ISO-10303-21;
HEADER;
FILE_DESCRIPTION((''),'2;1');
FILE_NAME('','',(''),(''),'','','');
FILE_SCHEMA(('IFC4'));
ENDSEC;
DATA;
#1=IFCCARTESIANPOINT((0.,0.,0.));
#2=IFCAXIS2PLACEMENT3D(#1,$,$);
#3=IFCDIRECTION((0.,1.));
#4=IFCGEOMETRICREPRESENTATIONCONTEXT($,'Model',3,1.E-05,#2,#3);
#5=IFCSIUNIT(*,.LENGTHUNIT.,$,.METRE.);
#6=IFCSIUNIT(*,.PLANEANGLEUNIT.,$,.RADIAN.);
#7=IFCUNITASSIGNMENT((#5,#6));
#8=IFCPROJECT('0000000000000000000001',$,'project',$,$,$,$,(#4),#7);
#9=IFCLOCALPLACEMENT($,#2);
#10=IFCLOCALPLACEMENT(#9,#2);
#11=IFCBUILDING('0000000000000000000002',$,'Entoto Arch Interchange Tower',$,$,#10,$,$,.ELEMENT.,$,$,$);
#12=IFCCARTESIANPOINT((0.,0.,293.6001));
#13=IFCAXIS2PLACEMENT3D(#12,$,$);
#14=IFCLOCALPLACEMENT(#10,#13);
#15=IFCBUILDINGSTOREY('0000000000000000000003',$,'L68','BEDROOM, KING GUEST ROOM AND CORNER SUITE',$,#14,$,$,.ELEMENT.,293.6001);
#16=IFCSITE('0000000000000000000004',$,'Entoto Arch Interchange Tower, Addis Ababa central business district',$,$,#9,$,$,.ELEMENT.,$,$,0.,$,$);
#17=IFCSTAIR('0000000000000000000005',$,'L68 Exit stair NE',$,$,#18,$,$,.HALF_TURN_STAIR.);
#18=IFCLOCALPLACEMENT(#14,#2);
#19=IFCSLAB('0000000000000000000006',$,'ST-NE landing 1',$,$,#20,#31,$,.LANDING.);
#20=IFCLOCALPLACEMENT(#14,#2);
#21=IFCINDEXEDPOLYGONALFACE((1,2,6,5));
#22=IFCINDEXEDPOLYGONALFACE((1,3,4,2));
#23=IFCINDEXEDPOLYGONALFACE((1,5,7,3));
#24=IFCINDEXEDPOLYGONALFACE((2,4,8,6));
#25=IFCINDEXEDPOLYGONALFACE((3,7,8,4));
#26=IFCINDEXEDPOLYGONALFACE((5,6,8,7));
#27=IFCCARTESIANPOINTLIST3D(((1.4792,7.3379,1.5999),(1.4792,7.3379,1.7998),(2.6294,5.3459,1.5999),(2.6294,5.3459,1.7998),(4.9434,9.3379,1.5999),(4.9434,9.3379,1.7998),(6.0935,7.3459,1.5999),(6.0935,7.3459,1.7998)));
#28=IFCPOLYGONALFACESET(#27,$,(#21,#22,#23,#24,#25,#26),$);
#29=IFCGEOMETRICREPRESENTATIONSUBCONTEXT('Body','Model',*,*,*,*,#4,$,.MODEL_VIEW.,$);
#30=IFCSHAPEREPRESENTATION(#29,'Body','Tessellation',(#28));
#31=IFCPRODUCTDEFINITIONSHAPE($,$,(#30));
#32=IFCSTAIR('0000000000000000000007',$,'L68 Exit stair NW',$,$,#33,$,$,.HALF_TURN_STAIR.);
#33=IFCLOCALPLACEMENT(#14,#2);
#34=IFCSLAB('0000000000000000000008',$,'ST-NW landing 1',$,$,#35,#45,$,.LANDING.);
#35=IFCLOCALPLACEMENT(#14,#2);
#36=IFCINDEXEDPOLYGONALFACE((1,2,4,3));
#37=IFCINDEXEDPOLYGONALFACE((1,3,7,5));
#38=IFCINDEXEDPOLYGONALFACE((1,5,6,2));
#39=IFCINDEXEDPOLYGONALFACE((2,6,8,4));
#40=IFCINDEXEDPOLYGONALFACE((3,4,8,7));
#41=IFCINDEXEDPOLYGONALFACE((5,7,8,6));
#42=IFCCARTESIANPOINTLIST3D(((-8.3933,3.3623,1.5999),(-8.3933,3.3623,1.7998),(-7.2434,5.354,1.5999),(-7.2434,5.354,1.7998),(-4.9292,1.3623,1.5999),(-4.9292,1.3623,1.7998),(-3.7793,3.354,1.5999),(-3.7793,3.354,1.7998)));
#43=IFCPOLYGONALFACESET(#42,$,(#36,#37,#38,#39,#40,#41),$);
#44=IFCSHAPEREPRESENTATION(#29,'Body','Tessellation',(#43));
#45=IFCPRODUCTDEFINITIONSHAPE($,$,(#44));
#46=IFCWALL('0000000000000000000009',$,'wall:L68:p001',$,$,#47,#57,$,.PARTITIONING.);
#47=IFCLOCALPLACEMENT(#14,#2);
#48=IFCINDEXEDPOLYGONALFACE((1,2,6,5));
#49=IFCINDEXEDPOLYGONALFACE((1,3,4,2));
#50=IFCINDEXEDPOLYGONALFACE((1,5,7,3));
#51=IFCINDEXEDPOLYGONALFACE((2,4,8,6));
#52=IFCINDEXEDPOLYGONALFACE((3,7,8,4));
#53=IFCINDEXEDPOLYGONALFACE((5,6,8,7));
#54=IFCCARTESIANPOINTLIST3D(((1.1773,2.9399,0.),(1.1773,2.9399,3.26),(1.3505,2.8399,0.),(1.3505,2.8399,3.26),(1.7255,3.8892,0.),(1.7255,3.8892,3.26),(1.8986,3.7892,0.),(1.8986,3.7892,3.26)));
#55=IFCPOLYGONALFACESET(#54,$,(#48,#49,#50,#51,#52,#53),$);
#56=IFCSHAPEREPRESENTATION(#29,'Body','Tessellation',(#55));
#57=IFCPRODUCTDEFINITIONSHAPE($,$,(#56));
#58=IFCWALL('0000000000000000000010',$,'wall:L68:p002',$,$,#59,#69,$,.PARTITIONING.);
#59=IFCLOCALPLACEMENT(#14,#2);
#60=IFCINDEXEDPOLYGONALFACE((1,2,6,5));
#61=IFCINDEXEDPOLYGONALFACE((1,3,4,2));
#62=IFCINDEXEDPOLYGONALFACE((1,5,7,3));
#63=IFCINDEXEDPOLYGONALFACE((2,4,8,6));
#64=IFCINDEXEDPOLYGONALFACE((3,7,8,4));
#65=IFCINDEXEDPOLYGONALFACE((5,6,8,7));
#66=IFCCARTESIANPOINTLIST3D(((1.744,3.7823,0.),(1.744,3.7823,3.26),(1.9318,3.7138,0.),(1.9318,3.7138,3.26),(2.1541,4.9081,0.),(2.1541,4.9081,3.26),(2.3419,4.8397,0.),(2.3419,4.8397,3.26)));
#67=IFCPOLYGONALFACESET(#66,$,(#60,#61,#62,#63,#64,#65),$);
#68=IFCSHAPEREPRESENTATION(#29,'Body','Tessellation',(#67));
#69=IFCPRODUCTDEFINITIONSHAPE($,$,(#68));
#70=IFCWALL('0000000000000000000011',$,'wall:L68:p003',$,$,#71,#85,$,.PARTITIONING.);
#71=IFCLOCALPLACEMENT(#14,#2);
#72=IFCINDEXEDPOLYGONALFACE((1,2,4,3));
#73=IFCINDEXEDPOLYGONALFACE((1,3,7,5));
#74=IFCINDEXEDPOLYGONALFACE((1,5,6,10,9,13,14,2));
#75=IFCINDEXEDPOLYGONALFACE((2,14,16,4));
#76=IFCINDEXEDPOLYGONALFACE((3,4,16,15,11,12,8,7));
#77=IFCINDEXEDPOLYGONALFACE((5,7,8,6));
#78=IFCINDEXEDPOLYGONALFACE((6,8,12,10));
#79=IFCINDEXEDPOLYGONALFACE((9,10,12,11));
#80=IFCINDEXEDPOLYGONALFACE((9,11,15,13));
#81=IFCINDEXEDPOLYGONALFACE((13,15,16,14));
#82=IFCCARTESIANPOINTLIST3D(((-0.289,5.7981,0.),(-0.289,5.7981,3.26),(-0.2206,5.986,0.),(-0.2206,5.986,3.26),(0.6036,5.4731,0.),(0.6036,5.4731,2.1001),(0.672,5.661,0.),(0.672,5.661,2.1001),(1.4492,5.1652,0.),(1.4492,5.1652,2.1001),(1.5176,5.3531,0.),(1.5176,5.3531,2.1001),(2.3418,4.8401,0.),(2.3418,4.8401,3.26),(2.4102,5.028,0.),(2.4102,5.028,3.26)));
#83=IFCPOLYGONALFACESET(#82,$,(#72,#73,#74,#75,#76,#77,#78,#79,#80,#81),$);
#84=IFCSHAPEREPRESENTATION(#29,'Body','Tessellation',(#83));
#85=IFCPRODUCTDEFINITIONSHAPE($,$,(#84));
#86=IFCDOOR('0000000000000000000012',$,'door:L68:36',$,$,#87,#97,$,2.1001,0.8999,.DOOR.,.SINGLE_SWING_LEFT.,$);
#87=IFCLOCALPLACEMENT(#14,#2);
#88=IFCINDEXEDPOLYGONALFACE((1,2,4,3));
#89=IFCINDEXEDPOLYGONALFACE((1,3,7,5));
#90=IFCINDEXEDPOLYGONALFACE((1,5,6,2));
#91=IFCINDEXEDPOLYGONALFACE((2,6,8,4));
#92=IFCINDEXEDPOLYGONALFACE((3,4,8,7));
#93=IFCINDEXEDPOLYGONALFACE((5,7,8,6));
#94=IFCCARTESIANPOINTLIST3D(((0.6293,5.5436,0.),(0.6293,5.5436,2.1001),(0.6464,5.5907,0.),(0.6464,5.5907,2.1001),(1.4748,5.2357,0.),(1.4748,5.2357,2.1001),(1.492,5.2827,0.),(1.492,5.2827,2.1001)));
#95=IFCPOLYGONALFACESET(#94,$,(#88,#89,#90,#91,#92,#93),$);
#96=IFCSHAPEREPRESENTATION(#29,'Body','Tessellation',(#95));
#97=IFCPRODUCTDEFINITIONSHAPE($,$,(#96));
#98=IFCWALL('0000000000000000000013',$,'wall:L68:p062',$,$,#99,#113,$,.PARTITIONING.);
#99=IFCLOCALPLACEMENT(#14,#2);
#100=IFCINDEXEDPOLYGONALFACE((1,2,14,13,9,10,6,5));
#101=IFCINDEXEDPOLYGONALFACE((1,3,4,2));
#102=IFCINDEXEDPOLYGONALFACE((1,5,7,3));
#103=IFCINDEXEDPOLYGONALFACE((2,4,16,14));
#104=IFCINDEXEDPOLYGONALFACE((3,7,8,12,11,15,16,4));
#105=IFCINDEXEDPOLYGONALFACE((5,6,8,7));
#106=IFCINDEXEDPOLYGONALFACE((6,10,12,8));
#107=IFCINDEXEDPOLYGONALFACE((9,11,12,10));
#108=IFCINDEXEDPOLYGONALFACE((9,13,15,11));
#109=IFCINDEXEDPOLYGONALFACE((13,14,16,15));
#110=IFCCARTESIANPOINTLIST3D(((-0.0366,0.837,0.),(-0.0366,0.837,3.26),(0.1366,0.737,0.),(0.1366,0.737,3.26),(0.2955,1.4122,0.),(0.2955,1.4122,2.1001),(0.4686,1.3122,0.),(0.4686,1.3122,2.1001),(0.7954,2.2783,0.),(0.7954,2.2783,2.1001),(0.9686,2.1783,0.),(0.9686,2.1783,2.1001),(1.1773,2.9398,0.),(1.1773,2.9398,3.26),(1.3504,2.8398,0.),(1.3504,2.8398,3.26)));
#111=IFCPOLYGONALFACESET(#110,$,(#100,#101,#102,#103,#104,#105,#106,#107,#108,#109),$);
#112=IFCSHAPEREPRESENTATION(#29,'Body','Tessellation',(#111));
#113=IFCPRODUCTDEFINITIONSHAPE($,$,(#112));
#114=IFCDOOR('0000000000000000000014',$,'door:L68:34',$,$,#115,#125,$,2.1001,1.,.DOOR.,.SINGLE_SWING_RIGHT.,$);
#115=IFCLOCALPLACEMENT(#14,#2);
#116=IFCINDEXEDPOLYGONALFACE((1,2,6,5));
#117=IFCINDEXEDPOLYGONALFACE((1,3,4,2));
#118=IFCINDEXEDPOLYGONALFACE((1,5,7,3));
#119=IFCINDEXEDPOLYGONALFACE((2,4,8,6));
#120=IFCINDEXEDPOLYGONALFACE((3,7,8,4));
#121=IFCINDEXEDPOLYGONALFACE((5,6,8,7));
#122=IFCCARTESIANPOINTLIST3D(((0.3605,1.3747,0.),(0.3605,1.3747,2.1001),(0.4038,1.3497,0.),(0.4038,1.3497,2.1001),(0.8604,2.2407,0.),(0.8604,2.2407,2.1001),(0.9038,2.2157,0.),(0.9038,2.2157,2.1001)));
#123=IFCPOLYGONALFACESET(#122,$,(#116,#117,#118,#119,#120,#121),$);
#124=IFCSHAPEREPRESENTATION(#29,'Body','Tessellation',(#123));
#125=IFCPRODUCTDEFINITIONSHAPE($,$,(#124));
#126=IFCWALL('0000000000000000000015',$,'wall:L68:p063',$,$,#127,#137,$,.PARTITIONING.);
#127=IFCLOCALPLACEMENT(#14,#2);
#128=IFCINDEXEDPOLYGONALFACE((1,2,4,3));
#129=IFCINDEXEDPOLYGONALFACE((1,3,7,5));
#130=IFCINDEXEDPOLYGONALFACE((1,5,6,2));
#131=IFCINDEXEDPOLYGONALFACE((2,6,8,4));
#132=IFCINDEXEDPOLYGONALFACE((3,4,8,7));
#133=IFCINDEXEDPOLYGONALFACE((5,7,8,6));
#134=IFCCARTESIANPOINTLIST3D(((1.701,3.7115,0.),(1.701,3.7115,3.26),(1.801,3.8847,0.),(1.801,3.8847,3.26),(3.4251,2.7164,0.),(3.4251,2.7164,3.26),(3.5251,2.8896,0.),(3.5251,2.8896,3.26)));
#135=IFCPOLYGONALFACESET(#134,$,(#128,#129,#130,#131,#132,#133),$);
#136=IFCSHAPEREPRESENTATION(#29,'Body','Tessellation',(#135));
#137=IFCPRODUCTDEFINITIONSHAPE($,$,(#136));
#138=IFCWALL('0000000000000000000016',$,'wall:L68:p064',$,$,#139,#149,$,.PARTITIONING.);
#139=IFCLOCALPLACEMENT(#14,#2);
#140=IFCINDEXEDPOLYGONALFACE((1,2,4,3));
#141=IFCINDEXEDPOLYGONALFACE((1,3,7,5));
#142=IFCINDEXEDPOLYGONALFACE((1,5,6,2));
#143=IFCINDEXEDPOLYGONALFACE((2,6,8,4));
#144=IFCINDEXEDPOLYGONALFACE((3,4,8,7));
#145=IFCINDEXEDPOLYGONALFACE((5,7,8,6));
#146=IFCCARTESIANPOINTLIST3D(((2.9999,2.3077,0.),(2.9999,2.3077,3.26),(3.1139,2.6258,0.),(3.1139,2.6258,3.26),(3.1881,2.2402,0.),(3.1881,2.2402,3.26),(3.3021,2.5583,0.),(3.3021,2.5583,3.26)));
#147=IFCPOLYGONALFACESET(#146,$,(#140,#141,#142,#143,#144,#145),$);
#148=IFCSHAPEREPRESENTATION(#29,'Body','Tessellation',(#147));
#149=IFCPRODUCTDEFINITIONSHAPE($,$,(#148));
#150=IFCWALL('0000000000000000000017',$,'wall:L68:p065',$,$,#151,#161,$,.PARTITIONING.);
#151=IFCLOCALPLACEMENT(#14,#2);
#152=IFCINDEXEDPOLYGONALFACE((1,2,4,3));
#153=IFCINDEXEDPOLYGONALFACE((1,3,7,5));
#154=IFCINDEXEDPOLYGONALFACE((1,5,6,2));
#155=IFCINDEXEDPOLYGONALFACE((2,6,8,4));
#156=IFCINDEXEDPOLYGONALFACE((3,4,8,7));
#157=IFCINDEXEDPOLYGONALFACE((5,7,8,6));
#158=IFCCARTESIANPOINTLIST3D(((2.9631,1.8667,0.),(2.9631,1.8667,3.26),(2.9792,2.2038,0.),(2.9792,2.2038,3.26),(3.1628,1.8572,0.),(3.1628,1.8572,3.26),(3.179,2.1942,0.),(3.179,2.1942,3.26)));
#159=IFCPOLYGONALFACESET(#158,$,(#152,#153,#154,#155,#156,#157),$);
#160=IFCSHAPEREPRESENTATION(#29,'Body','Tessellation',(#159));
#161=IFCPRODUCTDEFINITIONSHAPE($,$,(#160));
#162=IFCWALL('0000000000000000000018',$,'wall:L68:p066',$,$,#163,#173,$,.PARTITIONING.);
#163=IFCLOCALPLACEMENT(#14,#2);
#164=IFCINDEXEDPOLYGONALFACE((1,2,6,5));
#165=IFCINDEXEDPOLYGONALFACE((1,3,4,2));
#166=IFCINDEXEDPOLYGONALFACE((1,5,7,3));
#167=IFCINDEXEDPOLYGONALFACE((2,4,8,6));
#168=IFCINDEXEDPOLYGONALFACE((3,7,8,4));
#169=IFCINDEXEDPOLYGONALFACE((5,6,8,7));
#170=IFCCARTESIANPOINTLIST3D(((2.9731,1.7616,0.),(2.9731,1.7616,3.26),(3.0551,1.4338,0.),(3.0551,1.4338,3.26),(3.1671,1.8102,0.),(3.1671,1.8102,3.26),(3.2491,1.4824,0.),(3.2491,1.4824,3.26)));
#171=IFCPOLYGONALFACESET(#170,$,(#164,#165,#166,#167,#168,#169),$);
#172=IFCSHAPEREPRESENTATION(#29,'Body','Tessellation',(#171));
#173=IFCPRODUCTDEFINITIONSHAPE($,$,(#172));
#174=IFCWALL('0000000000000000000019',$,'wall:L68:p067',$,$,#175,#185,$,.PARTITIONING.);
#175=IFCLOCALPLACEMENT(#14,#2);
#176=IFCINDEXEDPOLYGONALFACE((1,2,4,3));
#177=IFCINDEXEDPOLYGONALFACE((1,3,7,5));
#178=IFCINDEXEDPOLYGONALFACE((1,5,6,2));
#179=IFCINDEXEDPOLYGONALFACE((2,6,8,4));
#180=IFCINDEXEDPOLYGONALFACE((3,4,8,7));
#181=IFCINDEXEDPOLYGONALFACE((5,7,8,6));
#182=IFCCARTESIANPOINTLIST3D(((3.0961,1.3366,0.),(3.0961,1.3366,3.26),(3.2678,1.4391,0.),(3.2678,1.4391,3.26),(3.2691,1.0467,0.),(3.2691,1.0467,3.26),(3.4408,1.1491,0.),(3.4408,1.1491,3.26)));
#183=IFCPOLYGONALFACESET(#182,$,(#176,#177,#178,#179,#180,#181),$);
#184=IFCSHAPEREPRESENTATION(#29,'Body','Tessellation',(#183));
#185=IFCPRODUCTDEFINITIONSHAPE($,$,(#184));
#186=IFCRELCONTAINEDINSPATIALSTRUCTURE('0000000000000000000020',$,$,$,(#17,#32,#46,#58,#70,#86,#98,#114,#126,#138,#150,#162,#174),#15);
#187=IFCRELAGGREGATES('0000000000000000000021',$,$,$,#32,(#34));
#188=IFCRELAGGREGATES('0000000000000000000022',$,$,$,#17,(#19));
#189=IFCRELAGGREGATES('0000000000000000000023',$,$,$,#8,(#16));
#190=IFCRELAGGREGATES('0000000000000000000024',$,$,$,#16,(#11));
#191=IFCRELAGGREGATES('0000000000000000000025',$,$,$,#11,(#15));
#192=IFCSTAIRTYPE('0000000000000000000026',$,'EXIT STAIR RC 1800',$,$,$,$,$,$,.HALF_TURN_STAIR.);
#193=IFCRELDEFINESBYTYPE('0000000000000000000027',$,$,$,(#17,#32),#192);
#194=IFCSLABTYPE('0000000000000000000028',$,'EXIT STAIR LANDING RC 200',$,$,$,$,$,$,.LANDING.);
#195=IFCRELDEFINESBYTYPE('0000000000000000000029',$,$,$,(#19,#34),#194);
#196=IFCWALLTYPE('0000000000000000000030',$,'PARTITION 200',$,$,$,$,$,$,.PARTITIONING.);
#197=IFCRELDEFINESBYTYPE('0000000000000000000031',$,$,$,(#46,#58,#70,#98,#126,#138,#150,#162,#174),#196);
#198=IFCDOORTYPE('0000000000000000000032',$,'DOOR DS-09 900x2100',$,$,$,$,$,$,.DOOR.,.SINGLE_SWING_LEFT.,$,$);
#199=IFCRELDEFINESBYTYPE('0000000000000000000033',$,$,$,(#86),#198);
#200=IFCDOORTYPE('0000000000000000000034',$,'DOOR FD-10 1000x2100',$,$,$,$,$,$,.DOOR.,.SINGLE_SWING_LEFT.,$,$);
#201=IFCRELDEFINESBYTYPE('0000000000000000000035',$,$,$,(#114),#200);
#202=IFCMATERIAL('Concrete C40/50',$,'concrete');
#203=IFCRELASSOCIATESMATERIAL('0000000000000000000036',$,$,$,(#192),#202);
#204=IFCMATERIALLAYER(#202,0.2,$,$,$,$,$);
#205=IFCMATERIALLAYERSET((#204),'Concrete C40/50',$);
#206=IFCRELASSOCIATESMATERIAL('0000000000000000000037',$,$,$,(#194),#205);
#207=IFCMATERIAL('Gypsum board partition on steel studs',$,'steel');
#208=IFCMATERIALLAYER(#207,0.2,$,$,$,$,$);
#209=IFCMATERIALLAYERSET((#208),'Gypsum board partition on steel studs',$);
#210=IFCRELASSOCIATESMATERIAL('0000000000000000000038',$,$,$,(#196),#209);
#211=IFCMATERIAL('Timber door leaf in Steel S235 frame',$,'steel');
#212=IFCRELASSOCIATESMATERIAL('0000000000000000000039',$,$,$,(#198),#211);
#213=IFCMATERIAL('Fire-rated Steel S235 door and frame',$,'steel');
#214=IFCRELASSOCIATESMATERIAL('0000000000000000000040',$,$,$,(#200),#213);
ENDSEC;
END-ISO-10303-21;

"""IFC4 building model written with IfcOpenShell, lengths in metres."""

from ifc_helpers import new_model, si_unit, direction, frame, frame_2d, origin, place, context, subcontext, project, spatial, polyline, rectangle, outline, extrude, material, layer, layer_set, type_object, element, fill, aggregate, save


model = new_model("IFC4")

# Units and contexts
model_context = context("Model", 3, precision=1e-05, world=origin(), true_north=direction((0.0, 1.0)))
body_context = subcontext(model_context, "Body", "Model", "MODEL_VIEW")
ifc_project = project(units=[si_unit("LENGTHUNIT", "METRE"), si_unit("PLANEANGLEUNIT", "RADIAN")], contexts=[model_context])

# Site, building, storey
site_placement = place(None, origin())
site = spatial("IfcSite", under=ifc_project, at=site_placement, Name="Entoto Arch Interchange Tower, Addis Ababa central business district", CompositionType="ELEMENT", RefElevation=0.0)
building_placement = place(site_placement, origin())
building = spatial("IfcBuilding", under=site, at=building_placement, Name="Entoto Arch Interchange Tower", CompositionType="ELEMENT")
storey_placement = place(building_placement, frame((0.0, 0.0, 293.6001)))
storey = spatial("IfcBuildingStorey", under=building, at=storey_placement, Name="L68", Description="BEDROOM, KING GUEST ROOM AND CORNER SUITE", CompositionType="ELEMENT", Elevation=293.6001)

# Stairs, slabs
ifc_material_1 = material(Name="Concrete C40/50", Category="concrete")
stair_type = type_object("IfcStairType", Name="EXIT STAIR RC 1800", PredefinedType="HALF_TURN_STAIR", material=ifc_material_1)
stair_1_placement = place(storey_placement, origin())
stair_1 = element("IfcStair", 1, at=stair_1_placement, inside=storey, type_object=stair_type, Name="L68 Exit stair NE", PredefinedType="HALF_TURN_STAIR")
ifc_layer_1 = layer(ifc_material_1, 0.2)
ifc_layer_set_1 = layer_set([ifc_layer_1], Name="Concrete C40/50")
slab_type = type_object("IfcSlabType", Name="EXIT STAIR LANDING RC 200", PredefinedType="LANDING", material=ifc_layer_set_1)
slab_1_placement = place(storey_placement, frame((0.0, 0.0, 1.5999)))
slab_1 = element("IfcSlab", 2, at=slab_1_placement, type_object=slab_type, Name="ST-NE landing 1", PredefinedType="LANDING", context=body_context, shape_type="SweptSolid", body=[
    extrude(outline(polyline([(6.0935, 7.3459), (4.9434, 9.3379), (1.4792, 7.3379), (2.6294, 5.3459), (6.0935, 7.3459)])), origin(), (0.0, 0.0, 1.0), 0.2),
])
stair_2_placement = place(storey_placement, origin())
stair_2 = element("IfcStair", 3, at=stair_2_placement, inside=storey, type_object=stair_type, Name="L68 Exit stair NW", PredefinedType="HALF_TURN_STAIR")
slab_2_placement = place(storey_placement, frame((0.0, 0.0, 1.5999)))
slab_2 = element("IfcSlab", 4, at=slab_2_placement, type_object=slab_type, Name="ST-NW landing 1", PredefinedType="LANDING", context=body_context, shape_type="SweptSolid", body=[
    extrude(outline(polyline([(-7.2434, 5.354), (-8.3933, 3.3623), (-4.9292, 1.3623), (-3.7793, 3.354), (-7.2434, 5.354)])), origin(), (0.0, 0.0, 1.0), 0.2),
])
aggregate(stair_2, [slab_2])

# Walls
ifc_material_2 = material(Name="Gypsum board partition on steel studs", Category="steel")
ifc_layer_2 = layer(ifc_material_2, 0.2)
ifc_layer_set_2 = layer_set([ifc_layer_2], Name="Gypsum board partition on steel studs")
wall_type = type_object("IfcWallType", Name="PARTITION 200", PredefinedType="PARTITIONING", material=ifc_layer_set_2)
wall_1_placement = place(storey_placement, frame((1.2639, 2.8899, 0.0), z_axis=(0.0, 0.0, 1.0), x_axis=(0.500044, 0.866, 0.0)))
element("IfcWall", 5, at=wall_1_placement, inside=storey, type_object=wall_type, Name="wall:L68:p001", PredefinedType="PARTITIONING", context=body_context, shape_type="SweptSolid", body=[
    extrude(rectangle(XDim=1.0962, YDim=0.2, at=frame_2d((0.5481, 0.0))), origin(), (0.0, 0.0, 1.0), 3.26),
])
wall_2_placement = place(storey_placement, frame((1.8379, 3.748, 0.0), z_axis=(0.0, 0.0, 1.0), x_axis=(0.342266, 0.939603, 0.0)))
element("IfcWall", 6, at=wall_2_placement, inside=storey, type_object=wall_type, Name="wall:L68:p002", PredefinedType="PARTITIONING", context=body_context, shape_type="SweptSolid", body=[
    extrude(rectangle(XDim=1.1982, YDim=0.2, at=frame_2d((0.5991, 0.0))), origin(), (0.0, 0.0, 1.0), 3.26),
])

# Walls, openings, doors
wall_3_placement = place(storey_placement, frame((2.376, 4.9341, 0.0), z_axis=(0.0, 0.0, 1.0), x_axis=(-0.939641, 0.342163, 0.0)))
wall_3 = element("IfcWall", 7, at=wall_3_placement, inside=storey, type_object=wall_type, Name="wall:L68:p003", PredefinedType="PARTITIONING", context=body_context, shape_type="SweptSolid", body=[
    extrude(rectangle(XDim=2.7998, YDim=0.2, at=frame_2d((1.3999, 0.0))), origin(), (0.0, 0.0, 1.0), 3.26),
])
opening_1_placement = place(wall_3_placement, frame((0.95, 0.0, 0.0)))
opening_1 = element("IfcOpeningElement", 8, at=opening_1_placement, cuts=wall_3, PredefinedType="OPENING", context=body_context, shape_type="SweptSolid", body=[
    extrude(rectangle(XDim=0.8999, YDim=2.1001, at=frame_2d((0.45, 1.05))), frame((0.0, 0.1099, 0.0), z_axis=(0.0, -1.0, 0.0), x_axis=(1.0, 0.0, 0.0)), (0.0, 0.0, 1.0), 0.22),
])
ifc_material_3 = material(Name="Timber door leaf in Steel S235 frame", Category="steel")
door_type_1 = type_object("IfcDoorType", Name="DOOR DS-09 900x2100", OperationType="SINGLE_SWING_LEFT", PredefinedType="DOOR", material=ifc_material_3)
door_1_placement = place(opening_1_placement, origin())
door_1 = element("IfcDoor", 9, at=door_1_placement, inside=storey, type_object=door_type_1, Name="door:L68:36", OperationType="SINGLE_SWING_LEFT", OverallHeight=2.1001, OverallWidth=0.8999, PredefinedType="DOOR", context=body_context, shape_type="SweptSolid", body=[
    extrude(rectangle(XDim=0.8999, YDim=2.1001, at=frame_2d((0.45, 1.05))), frame((0.0, 0.0249, 0.0), z_axis=(0.0, -1.0, 0.0), x_axis=(1.0, 0.0, 0.0)), (0.0, 0.0, 1.0), 0.05),
])
fill(opening_1, door_1)
wall_4_placement = place(storey_placement, frame((0.05, 0.7871, 0.0), z_axis=(0.0, 0.0, 1.0), x_axis=(0.499946, 0.866057, 0.0)))
wall_4 = element("IfcWall", 10, at=wall_4_placement, inside=storey, type_object=wall_type, Name="wall:L68:p062", PredefinedType="PARTITIONING", context=body_context, shape_type="SweptSolid", body=[
    extrude(rectangle(XDim=2.428, YDim=0.2, at=frame_2d((1.2139, 0.0))), origin(), (0.0, 0.0, 1.0), 3.26),
])
opening_2_placement = place(wall_4_placement, frame((0.6641, 0.0, 0.0)))
opening_2 = element("IfcOpeningElement", 11, at=opening_2_placement, cuts=wall_4, PredefinedType="OPENING", context=body_context, shape_type="SweptSolid", body=[
    extrude(rectangle(XDim=1.0, YDim=2.1001, at=frame_2d((0.5, 1.05))), frame((0.0, 0.1099, 0.0), z_axis=(0.0, -1.0, 0.0), x_axis=(1.0, 0.0, 0.0)), (0.0, 0.0, 1.0), 0.22),
])
ifc_material_4 = material(Name="Fire-rated Steel S235 door and frame", Category="steel")
door_type_2 = type_object("IfcDoorType", Name="DOOR FD-10 1000x2100", OperationType="SINGLE_SWING_LEFT", PredefinedType="DOOR", material=ifc_material_4)
door_2_placement = place(opening_2_placement, origin())
door_2 = element("IfcDoor", 12, at=door_2_placement, inside=storey, type_object=door_type_2, Name="door:L68:34", OperationType="SINGLE_SWING_RIGHT", OverallHeight=2.1001, OverallWidth=1.0, PredefinedType="DOOR", context=body_context, shape_type="SweptSolid", body=[
    extrude(rectangle(XDim=1.0, YDim=2.1001, at=frame_2d((0.5, 1.05))), frame((0.0, 0.0249, 0.0), z_axis=(0.0, -1.0, 0.0), x_axis=(1.0, 0.0, 0.0)), (0.0, 0.0, 1.0), 0.05),
])
fill(opening_2, door_2)

# Walls
wall_5_placement = place(storey_placement, frame((1.751, 3.7981, 0.0), z_axis=(0.0, 0.0, 1.0), x_axis=(0.866092, -0.499885, 0.0)))
element("IfcWall", 13, at=wall_5_placement, inside=storey, type_object=wall_type, Name="wall:L68:p063", PredefinedType="PARTITIONING", context=body_context, shape_type="SweptSolid", body=[
    extrude(rectangle(XDim=1.9907, YDim=0.2, at=frame_2d((0.9954, 0.0))), origin(), (0.0, 0.0, 1.0), 3.26),
])
wall_6_placement = place(storey_placement, frame((3.208, 2.592, 0.0), z_axis=(0.0, 0.0, 1.0), x_axis=(-0.337389, -0.941365, 0.0)))
element("IfcWall", 14, at=wall_6_placement, inside=storey, type_object=wall_type, Name="wall:L68:p064", PredefinedType="PARTITIONING", context=body_context, shape_type="SweptSolid", body=[
    extrude(rectangle(XDim=0.3379, YDim=0.2, at=frame_2d((0.1689, 0.0))), origin(), (0.0, 0.0, 1.0), 3.26),
])
wall_7_placement = place(storey_placement, frame((3.0791, 2.199, 0.0), z_axis=(0.0, 0.0, 1.0), x_axis=(-0.047771, -0.998858, 0.0)))
element("IfcWall", 15, at=wall_7_placement, inside=storey, type_object=wall_type, Name="wall:L68:p065", PredefinedType="PARTITIONING", context=body_context, shape_type="SweptSolid", body=[
    extrude(rectangle(XDim=0.3374, YDim=0.2, at=frame_2d((0.1687, 0.0))), origin(), (0.0, 0.0, 1.0), 3.26),
])
wall_8_placement = place(storey_placement, frame((3.0701, 1.7859, 0.0), z_axis=(0.0, 0.0, 1.0), x_axis=(0.242706, -0.9701, 0.0)))
element("IfcWall", 16, at=wall_8_placement, inside=storey, type_object=wall_type, Name="wall:L68:p066", PredefinedType="PARTITIONING", context=body_context, shape_type="SweptSolid", body=[
    extrude(rectangle(XDim=0.3379, YDim=0.2, at=frame_2d((0.1689, 0.0))), origin(), (0.0, 0.0, 1.0), 3.26),
])
for number, where, z_axis, x_axis, name in (
    (17, (3.1819, 1.3879, 0.0), (0.0, 0.0, 1.0), (0.512475, -0.858702, 0.0), "wall:L68:p067"),
):
    element("IfcWall", number, at=place(storey_placement, frame(where, z_axis=z_axis, x_axis=x_axis)), inside=storey, type_object=wall_type, Name=name, PredefinedType="PARTITIONING", context=body_context, shape_type="SweptSolid", body=[
        extrude(rectangle(XDim=0.3376, YDim=0.2, at=frame_2d((0.1689, 0.0))), origin(), (0.0, 0.0, 1.0), 3.26),
    ])

aggregate(stair_1, [slab_1])

save(model, "model.ifc")
